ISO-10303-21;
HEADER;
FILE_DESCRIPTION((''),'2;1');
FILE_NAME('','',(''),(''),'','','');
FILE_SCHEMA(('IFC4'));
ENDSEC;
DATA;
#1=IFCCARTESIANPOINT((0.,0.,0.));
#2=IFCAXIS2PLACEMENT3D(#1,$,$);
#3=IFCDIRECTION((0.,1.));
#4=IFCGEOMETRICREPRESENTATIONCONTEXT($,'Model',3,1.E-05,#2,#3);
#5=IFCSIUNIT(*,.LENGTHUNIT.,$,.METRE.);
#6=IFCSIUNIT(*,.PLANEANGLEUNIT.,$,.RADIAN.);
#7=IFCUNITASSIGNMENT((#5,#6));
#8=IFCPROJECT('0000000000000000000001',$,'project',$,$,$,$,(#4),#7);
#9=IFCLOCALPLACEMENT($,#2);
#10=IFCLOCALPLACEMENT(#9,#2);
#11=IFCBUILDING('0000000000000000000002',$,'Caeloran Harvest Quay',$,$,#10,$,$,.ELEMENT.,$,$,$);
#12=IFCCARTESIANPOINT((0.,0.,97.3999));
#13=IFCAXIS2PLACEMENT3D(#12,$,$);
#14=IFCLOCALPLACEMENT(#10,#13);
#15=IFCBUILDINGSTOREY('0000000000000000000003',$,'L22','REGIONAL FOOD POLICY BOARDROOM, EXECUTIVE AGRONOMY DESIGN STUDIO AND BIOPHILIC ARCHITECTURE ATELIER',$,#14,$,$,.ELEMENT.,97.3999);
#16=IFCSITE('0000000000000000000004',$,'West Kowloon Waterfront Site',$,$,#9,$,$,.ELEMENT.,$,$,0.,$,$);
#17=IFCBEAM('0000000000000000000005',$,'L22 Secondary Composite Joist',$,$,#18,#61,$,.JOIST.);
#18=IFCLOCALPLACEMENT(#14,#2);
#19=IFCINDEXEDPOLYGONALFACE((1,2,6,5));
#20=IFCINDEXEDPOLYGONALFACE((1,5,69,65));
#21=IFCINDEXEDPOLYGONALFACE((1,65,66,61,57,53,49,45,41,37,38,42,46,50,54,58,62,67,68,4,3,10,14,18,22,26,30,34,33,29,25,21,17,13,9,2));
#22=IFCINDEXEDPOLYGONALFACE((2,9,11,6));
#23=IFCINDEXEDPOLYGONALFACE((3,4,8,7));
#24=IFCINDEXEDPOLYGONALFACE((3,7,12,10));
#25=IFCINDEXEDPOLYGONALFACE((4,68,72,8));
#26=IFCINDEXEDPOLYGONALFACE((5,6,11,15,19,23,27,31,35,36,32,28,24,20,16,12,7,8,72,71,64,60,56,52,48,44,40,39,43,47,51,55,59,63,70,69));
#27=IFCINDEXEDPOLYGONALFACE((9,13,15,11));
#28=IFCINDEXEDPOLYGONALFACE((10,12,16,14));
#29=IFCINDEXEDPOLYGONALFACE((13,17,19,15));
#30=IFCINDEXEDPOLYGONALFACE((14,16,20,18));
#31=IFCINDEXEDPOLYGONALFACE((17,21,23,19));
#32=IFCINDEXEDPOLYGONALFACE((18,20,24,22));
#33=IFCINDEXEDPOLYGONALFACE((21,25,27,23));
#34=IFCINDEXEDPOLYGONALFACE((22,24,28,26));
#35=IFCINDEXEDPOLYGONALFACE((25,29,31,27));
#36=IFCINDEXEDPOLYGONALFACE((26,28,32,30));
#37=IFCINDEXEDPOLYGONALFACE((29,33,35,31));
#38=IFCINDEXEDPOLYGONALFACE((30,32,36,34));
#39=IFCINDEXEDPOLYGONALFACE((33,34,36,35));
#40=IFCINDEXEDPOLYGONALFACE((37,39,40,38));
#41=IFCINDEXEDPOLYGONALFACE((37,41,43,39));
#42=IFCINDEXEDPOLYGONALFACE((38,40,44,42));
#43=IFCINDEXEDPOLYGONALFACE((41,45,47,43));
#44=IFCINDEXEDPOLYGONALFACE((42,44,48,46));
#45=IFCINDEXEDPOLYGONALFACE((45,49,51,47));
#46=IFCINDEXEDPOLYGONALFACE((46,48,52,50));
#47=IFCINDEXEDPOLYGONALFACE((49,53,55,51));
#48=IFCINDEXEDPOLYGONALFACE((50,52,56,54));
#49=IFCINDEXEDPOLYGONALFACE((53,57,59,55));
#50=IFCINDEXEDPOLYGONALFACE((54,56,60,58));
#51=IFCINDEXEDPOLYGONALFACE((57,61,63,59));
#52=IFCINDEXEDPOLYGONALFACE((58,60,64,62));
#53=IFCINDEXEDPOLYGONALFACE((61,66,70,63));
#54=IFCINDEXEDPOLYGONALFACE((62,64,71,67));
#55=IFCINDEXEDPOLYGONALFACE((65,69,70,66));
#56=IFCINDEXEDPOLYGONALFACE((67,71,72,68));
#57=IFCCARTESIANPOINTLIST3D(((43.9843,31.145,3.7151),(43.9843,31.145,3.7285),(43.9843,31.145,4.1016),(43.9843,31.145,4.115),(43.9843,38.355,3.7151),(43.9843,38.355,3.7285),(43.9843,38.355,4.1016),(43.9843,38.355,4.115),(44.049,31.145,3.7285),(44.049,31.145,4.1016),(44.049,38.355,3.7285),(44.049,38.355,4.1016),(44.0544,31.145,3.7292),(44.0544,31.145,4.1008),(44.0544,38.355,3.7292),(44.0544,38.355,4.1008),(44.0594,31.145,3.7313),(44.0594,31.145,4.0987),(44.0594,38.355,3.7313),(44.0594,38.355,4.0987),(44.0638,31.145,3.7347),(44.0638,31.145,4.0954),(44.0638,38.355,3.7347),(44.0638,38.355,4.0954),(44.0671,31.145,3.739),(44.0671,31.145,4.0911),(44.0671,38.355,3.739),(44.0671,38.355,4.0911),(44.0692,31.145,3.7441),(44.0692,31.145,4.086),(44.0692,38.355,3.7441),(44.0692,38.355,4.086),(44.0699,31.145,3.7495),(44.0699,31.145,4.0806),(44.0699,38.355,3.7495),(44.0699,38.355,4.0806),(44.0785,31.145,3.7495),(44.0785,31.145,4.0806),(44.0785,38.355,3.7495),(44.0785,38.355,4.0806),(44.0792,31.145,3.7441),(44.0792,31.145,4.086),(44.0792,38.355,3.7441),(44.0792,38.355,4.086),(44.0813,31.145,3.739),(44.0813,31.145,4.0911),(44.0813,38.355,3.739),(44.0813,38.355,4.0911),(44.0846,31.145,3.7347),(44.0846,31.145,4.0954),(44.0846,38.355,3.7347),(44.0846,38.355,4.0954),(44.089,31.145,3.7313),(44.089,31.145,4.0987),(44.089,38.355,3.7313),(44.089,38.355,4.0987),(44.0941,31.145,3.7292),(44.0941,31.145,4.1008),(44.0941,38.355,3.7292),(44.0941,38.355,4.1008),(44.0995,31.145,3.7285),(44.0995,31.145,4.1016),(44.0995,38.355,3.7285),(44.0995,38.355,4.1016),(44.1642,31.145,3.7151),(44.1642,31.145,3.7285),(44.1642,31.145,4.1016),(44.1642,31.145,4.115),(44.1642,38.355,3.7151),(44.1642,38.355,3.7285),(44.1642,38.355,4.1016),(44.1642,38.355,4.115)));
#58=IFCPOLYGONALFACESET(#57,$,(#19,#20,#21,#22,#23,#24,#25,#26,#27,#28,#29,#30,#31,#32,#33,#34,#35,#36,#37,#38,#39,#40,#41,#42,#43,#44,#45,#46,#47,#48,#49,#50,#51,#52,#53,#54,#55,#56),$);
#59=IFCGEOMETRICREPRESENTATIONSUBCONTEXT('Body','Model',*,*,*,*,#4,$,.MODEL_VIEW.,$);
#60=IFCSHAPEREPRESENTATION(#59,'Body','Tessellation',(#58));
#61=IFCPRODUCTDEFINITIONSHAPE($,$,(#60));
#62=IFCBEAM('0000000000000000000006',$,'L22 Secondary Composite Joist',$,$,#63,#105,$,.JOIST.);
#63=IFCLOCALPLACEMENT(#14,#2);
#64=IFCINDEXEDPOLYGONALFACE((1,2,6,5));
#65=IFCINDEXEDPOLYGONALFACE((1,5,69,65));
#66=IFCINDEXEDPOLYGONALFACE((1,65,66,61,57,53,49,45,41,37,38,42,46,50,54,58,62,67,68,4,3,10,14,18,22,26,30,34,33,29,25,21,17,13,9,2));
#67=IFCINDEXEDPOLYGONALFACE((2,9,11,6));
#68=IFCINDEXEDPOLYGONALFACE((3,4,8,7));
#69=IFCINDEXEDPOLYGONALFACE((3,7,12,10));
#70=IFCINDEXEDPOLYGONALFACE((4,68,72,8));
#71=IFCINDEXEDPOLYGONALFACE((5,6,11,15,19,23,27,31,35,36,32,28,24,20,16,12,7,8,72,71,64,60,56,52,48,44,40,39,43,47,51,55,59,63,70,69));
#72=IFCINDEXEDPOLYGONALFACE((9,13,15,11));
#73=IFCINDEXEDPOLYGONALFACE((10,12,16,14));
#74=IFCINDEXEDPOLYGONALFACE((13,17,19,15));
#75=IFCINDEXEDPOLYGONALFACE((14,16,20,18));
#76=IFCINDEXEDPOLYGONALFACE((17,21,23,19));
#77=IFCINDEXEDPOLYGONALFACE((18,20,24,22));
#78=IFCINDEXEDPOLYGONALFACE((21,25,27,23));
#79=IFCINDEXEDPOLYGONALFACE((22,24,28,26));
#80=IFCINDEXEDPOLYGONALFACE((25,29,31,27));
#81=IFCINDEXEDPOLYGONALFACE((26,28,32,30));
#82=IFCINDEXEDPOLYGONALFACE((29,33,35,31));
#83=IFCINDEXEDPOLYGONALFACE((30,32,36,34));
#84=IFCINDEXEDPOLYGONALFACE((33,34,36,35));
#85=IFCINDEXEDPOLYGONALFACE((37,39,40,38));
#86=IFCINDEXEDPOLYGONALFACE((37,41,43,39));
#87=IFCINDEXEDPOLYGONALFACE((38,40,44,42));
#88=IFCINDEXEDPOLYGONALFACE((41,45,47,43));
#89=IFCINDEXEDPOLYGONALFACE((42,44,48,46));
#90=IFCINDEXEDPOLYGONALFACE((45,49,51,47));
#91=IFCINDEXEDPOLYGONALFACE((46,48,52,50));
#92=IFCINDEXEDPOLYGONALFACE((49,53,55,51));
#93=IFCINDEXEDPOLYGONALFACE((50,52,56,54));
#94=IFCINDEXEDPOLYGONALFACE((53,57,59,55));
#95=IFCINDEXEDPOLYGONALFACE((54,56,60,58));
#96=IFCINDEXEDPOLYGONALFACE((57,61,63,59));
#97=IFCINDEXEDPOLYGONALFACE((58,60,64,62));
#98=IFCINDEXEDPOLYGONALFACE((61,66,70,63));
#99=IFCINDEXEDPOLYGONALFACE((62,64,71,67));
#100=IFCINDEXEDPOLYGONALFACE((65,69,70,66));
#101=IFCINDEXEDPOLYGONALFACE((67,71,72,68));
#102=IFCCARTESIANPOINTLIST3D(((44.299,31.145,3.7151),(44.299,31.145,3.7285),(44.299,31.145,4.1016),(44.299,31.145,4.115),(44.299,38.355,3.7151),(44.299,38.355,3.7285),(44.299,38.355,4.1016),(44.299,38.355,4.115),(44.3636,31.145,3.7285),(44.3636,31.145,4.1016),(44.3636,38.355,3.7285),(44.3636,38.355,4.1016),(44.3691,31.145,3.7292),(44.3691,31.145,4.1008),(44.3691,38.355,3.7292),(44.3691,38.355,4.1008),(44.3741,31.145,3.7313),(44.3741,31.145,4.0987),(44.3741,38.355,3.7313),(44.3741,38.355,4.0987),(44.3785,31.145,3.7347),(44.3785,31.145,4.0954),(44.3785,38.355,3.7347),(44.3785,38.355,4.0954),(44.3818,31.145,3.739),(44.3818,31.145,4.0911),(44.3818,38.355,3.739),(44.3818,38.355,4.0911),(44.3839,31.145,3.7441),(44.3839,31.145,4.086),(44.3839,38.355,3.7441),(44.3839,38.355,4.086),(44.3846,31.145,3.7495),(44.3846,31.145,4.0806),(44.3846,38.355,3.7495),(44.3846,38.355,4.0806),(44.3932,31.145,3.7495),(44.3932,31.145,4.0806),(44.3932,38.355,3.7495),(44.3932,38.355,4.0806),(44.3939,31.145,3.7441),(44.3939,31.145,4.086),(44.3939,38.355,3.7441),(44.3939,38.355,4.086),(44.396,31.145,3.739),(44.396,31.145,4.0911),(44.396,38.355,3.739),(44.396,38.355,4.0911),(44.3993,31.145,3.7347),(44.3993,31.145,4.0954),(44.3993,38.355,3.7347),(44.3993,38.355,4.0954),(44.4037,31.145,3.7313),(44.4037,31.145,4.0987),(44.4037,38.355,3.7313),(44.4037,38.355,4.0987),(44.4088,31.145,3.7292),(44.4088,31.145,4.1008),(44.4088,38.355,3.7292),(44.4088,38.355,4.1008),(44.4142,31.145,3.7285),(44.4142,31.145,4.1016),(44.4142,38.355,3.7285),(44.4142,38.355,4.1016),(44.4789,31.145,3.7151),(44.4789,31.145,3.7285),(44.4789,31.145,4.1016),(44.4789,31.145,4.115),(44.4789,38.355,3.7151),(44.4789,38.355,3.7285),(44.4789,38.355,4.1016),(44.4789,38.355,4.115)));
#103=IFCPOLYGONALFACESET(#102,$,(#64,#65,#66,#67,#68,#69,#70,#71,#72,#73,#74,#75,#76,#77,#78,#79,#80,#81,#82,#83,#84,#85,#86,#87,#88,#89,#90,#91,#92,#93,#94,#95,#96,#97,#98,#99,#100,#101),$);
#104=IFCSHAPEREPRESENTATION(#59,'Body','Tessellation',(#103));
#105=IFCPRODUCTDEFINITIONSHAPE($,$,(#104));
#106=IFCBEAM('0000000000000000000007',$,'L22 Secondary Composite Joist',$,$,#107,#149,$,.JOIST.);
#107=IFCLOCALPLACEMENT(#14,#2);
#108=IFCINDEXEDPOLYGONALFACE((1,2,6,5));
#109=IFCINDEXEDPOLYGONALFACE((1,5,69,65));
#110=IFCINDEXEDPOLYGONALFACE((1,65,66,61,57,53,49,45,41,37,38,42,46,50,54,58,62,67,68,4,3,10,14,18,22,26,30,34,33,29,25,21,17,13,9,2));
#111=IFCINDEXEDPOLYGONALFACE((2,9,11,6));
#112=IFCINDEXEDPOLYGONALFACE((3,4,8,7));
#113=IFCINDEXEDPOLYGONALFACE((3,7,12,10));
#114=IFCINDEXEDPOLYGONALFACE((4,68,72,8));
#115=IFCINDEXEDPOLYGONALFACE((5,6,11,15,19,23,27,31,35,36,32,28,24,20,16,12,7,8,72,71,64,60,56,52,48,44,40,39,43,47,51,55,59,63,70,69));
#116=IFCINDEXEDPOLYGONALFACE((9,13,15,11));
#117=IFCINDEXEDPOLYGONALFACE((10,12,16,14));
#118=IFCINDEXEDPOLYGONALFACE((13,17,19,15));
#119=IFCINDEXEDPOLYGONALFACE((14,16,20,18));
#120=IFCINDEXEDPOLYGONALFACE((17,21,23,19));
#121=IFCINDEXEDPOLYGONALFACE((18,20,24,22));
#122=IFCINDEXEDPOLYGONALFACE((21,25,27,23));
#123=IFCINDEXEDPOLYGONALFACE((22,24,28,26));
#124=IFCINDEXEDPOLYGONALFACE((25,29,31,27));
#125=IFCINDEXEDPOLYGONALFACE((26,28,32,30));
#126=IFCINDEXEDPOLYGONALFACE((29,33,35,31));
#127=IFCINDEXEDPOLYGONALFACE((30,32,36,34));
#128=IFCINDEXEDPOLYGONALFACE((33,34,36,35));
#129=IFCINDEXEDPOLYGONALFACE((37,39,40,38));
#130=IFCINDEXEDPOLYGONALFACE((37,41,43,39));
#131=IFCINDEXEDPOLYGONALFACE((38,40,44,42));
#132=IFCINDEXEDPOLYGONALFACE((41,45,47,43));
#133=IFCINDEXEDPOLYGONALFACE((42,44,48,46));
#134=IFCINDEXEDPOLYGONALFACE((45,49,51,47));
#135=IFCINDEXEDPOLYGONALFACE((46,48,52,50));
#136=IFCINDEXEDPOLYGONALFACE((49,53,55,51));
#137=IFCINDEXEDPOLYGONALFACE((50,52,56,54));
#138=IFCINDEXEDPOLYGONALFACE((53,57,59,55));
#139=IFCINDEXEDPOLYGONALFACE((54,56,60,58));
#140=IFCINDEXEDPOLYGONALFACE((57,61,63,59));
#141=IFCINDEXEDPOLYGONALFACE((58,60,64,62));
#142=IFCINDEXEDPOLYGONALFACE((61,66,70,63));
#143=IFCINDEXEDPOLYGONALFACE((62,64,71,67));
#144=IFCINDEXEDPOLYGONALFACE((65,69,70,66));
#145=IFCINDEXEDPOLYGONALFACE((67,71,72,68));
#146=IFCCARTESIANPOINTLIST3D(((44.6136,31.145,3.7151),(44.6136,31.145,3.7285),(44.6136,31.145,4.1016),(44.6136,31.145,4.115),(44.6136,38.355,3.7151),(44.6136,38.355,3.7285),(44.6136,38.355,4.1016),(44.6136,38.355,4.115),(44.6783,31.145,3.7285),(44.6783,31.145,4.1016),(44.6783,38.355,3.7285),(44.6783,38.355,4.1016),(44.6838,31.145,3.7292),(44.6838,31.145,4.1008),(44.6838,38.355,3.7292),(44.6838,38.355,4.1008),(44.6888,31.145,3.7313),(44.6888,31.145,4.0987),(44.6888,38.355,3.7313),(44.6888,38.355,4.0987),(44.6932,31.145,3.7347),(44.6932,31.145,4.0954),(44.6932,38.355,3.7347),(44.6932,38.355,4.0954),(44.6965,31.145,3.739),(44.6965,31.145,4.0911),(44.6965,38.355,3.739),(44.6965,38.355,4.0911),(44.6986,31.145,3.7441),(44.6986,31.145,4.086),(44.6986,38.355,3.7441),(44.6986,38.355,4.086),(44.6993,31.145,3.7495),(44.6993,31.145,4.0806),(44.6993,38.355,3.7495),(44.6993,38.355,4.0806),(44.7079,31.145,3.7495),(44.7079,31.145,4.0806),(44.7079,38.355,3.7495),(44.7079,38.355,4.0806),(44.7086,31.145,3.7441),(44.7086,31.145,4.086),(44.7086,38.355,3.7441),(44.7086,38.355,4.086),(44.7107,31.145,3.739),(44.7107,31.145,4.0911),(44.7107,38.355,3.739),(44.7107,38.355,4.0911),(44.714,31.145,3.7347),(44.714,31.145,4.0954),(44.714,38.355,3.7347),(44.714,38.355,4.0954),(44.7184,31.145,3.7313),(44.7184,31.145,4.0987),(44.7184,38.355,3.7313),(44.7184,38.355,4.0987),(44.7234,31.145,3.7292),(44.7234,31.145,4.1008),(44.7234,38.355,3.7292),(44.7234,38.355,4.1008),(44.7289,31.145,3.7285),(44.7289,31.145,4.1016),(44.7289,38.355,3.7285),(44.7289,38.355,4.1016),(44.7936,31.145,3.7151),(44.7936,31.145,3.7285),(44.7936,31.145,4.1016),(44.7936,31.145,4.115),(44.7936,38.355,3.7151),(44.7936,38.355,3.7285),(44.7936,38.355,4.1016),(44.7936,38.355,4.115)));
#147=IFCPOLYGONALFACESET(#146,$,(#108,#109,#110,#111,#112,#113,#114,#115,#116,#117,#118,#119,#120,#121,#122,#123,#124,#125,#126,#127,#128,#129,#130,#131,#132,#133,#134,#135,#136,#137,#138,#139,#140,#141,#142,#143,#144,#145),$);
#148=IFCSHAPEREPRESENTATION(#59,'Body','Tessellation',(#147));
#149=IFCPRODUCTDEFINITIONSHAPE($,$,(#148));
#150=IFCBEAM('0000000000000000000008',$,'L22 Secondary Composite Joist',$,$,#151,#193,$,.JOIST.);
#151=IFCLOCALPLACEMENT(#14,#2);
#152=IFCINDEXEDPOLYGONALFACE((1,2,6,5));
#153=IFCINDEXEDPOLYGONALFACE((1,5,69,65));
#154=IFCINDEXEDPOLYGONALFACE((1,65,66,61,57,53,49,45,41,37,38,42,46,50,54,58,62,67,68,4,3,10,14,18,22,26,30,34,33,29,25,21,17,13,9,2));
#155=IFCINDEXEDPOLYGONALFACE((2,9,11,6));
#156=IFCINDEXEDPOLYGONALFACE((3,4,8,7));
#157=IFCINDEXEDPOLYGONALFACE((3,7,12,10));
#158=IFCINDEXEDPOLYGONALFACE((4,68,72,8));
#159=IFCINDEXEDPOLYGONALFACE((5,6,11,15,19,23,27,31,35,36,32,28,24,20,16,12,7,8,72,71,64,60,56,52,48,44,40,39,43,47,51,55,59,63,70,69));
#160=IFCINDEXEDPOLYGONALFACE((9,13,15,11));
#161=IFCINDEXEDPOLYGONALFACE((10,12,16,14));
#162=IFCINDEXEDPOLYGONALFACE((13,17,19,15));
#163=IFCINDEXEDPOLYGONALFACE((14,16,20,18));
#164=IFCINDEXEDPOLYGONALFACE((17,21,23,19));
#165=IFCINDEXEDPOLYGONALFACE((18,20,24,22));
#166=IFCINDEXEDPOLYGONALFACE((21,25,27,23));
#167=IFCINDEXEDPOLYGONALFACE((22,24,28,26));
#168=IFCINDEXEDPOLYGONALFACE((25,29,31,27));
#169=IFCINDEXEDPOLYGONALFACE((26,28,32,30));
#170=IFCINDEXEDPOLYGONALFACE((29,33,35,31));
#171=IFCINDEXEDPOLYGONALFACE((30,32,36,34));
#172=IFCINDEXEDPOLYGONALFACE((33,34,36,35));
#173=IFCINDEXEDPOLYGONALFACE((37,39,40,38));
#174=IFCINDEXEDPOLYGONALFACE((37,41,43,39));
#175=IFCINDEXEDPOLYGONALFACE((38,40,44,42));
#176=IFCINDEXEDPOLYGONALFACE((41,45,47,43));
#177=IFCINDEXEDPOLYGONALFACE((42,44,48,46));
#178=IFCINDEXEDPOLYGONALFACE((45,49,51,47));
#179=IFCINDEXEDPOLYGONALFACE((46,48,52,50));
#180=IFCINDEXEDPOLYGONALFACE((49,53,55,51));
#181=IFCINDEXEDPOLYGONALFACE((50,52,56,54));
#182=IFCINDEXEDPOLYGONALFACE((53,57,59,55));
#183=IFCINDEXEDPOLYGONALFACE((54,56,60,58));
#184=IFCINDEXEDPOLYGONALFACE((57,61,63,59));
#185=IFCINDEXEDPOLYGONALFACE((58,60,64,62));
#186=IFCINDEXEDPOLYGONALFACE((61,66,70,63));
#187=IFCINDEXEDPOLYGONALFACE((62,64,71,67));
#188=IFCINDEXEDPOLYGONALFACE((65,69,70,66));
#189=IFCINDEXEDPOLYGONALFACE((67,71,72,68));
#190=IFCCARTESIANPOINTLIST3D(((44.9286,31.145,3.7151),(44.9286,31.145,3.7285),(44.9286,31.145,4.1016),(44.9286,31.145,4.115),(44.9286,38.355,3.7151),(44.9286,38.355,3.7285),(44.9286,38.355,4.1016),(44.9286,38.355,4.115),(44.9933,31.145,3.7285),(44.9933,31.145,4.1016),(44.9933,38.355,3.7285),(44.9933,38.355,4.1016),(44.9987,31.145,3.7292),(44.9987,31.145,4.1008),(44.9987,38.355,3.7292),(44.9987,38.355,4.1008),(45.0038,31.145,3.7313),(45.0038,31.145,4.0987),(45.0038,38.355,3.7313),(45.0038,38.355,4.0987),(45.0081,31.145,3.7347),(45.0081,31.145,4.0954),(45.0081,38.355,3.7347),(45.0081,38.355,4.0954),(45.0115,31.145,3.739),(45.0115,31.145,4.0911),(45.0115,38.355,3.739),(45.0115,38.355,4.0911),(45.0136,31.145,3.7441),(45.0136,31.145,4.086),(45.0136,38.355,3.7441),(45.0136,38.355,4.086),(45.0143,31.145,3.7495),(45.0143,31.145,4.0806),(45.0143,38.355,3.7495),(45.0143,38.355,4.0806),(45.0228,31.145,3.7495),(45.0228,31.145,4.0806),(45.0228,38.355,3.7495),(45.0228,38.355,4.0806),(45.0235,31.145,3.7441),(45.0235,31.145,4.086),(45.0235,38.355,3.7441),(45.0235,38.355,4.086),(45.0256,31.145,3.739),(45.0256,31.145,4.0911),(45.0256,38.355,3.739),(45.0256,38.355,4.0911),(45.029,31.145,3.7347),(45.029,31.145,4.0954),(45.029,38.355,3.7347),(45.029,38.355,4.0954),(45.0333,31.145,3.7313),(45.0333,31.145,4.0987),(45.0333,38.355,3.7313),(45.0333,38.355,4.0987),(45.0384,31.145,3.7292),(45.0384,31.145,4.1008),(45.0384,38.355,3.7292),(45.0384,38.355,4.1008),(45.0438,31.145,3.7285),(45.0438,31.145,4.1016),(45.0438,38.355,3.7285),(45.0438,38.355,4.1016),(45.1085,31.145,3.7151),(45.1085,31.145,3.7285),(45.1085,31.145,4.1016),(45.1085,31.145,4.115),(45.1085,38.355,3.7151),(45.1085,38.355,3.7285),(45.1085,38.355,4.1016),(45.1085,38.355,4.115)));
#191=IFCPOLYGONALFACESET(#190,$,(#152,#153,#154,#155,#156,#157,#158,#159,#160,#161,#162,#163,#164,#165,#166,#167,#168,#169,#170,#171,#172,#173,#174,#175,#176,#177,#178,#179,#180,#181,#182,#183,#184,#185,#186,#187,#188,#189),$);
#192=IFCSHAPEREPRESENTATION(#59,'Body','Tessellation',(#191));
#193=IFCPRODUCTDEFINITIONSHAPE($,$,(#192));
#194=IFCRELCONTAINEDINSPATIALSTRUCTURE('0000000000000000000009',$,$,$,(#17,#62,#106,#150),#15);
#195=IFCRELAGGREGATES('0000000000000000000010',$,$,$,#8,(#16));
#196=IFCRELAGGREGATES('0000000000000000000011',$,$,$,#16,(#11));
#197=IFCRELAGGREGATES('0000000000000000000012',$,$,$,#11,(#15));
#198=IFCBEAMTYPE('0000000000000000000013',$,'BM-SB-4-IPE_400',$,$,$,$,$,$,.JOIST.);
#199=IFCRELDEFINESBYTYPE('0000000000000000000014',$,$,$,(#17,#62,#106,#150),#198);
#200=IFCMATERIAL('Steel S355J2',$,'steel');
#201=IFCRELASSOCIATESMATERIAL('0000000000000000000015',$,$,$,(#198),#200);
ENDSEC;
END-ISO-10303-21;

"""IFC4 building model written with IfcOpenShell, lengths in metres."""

from ifc_helpers import new_model, si_unit, direction, frame, origin, origin_2d, place, context, subcontext, project, spatial, i_section, extrude, material, material_profile, profile_set, type_object, element, save


model = new_model("IFC4")

# Units and contexts
model_context = context("Model", 3, precision=1e-05, world=origin(), true_north=direction((0.0, 1.0)))
body_context = subcontext(model_context, "Body", "Model", "MODEL_VIEW")
ifc_project = project(units=[si_unit("LENGTHUNIT", "METRE"), si_unit("PLANEANGLEUNIT", "RADIAN")], contexts=[model_context])

# Site, building, storey
site_placement = place(None, origin())
site = spatial("IfcSite", under=ifc_project, at=site_placement, Name="West Kowloon Waterfront Site", CompositionType="ELEMENT", RefElevation=0.0)
building_placement = place(site_placement, origin())
building = spatial("IfcBuilding", under=site, at=building_placement, Name="Caeloran Harvest Quay", CompositionType="ELEMENT")
storey_placement = place(building_placement, frame((0.0, 0.0, 97.3999)))
storey = spatial("IfcBuildingStorey", under=building, at=storey_placement, Name="L22", Description="REGIONAL FOOD POLICY BOARDROOM, EXECUTIVE AGRONOMY DESIGN STUDIO AND BIOPHILIC ARCHITECTURE ATELIER", CompositionType="ELEMENT", Elevation=97.3999)

# Beams
ifc_material_1 = material(Name="Steel S355J2", Category="steel")
ifc_material_profile_1 = material_profile(ifc_material_1, i_section(OverallWidth=0.1799, OverallDepth=0.3999, WebThickness=0.0085, FlangeThickness=0.0134, FilletRadius=0.021, at=origin_2d()), Name="IPE 400")
ifc_profile_set_1 = profile_set([ifc_material_profile_1], Name="Steel S355J2")
beam_type_1 = type_object("IfcBeamType", Name="BM-SB-4-IPE_400", PredefinedType="JOIST", material=ifc_profile_set_1)
for number, where, z_axis, x_axis, name in (
    (1, (44.0742, 31.145, 3.915), (0.0, 1.0, 0.0), (-1.0, 0.0, 0.0), "L22 Secondary Composite Joist"),
    (2, (44.3889, 31.145, 3.915), (0.0, 1.0, 0.0), (-1.0, 0.0, 0.0), "L22 Secondary Composite Joist"),
    (3, (44.7036, 31.145, 3.915), (0.0, 1.0, 0.0), (-1.0, 0.0, 0.0), "L22 Secondary Composite Joist"),
    (4, (45.0186, 31.145, 3.915), (0.0, 1.0, 0.0), (-1.0, 0.0, 0.0), "L22 Secondary Composite Joist"),
):
    element("IfcBeam", number, at=place(storey_placement, frame(where, z_axis=z_axis, x_axis=x_axis)), inside=storey, type_object=beam_type_1, Name=name, PredefinedType="JOIST", context=body_context, shape_type="SweptSolid", body=[
        extrude(i_section(OverallWidth=0.1799, OverallDepth=0.3999, WebThickness=0.0085, FlangeThickness=0.0134, FilletRadius=0.021, at=origin_2d()), origin(), (0.0, 0.0, 1.0), 7.21),
    ])

save(model, "model.ifc")
